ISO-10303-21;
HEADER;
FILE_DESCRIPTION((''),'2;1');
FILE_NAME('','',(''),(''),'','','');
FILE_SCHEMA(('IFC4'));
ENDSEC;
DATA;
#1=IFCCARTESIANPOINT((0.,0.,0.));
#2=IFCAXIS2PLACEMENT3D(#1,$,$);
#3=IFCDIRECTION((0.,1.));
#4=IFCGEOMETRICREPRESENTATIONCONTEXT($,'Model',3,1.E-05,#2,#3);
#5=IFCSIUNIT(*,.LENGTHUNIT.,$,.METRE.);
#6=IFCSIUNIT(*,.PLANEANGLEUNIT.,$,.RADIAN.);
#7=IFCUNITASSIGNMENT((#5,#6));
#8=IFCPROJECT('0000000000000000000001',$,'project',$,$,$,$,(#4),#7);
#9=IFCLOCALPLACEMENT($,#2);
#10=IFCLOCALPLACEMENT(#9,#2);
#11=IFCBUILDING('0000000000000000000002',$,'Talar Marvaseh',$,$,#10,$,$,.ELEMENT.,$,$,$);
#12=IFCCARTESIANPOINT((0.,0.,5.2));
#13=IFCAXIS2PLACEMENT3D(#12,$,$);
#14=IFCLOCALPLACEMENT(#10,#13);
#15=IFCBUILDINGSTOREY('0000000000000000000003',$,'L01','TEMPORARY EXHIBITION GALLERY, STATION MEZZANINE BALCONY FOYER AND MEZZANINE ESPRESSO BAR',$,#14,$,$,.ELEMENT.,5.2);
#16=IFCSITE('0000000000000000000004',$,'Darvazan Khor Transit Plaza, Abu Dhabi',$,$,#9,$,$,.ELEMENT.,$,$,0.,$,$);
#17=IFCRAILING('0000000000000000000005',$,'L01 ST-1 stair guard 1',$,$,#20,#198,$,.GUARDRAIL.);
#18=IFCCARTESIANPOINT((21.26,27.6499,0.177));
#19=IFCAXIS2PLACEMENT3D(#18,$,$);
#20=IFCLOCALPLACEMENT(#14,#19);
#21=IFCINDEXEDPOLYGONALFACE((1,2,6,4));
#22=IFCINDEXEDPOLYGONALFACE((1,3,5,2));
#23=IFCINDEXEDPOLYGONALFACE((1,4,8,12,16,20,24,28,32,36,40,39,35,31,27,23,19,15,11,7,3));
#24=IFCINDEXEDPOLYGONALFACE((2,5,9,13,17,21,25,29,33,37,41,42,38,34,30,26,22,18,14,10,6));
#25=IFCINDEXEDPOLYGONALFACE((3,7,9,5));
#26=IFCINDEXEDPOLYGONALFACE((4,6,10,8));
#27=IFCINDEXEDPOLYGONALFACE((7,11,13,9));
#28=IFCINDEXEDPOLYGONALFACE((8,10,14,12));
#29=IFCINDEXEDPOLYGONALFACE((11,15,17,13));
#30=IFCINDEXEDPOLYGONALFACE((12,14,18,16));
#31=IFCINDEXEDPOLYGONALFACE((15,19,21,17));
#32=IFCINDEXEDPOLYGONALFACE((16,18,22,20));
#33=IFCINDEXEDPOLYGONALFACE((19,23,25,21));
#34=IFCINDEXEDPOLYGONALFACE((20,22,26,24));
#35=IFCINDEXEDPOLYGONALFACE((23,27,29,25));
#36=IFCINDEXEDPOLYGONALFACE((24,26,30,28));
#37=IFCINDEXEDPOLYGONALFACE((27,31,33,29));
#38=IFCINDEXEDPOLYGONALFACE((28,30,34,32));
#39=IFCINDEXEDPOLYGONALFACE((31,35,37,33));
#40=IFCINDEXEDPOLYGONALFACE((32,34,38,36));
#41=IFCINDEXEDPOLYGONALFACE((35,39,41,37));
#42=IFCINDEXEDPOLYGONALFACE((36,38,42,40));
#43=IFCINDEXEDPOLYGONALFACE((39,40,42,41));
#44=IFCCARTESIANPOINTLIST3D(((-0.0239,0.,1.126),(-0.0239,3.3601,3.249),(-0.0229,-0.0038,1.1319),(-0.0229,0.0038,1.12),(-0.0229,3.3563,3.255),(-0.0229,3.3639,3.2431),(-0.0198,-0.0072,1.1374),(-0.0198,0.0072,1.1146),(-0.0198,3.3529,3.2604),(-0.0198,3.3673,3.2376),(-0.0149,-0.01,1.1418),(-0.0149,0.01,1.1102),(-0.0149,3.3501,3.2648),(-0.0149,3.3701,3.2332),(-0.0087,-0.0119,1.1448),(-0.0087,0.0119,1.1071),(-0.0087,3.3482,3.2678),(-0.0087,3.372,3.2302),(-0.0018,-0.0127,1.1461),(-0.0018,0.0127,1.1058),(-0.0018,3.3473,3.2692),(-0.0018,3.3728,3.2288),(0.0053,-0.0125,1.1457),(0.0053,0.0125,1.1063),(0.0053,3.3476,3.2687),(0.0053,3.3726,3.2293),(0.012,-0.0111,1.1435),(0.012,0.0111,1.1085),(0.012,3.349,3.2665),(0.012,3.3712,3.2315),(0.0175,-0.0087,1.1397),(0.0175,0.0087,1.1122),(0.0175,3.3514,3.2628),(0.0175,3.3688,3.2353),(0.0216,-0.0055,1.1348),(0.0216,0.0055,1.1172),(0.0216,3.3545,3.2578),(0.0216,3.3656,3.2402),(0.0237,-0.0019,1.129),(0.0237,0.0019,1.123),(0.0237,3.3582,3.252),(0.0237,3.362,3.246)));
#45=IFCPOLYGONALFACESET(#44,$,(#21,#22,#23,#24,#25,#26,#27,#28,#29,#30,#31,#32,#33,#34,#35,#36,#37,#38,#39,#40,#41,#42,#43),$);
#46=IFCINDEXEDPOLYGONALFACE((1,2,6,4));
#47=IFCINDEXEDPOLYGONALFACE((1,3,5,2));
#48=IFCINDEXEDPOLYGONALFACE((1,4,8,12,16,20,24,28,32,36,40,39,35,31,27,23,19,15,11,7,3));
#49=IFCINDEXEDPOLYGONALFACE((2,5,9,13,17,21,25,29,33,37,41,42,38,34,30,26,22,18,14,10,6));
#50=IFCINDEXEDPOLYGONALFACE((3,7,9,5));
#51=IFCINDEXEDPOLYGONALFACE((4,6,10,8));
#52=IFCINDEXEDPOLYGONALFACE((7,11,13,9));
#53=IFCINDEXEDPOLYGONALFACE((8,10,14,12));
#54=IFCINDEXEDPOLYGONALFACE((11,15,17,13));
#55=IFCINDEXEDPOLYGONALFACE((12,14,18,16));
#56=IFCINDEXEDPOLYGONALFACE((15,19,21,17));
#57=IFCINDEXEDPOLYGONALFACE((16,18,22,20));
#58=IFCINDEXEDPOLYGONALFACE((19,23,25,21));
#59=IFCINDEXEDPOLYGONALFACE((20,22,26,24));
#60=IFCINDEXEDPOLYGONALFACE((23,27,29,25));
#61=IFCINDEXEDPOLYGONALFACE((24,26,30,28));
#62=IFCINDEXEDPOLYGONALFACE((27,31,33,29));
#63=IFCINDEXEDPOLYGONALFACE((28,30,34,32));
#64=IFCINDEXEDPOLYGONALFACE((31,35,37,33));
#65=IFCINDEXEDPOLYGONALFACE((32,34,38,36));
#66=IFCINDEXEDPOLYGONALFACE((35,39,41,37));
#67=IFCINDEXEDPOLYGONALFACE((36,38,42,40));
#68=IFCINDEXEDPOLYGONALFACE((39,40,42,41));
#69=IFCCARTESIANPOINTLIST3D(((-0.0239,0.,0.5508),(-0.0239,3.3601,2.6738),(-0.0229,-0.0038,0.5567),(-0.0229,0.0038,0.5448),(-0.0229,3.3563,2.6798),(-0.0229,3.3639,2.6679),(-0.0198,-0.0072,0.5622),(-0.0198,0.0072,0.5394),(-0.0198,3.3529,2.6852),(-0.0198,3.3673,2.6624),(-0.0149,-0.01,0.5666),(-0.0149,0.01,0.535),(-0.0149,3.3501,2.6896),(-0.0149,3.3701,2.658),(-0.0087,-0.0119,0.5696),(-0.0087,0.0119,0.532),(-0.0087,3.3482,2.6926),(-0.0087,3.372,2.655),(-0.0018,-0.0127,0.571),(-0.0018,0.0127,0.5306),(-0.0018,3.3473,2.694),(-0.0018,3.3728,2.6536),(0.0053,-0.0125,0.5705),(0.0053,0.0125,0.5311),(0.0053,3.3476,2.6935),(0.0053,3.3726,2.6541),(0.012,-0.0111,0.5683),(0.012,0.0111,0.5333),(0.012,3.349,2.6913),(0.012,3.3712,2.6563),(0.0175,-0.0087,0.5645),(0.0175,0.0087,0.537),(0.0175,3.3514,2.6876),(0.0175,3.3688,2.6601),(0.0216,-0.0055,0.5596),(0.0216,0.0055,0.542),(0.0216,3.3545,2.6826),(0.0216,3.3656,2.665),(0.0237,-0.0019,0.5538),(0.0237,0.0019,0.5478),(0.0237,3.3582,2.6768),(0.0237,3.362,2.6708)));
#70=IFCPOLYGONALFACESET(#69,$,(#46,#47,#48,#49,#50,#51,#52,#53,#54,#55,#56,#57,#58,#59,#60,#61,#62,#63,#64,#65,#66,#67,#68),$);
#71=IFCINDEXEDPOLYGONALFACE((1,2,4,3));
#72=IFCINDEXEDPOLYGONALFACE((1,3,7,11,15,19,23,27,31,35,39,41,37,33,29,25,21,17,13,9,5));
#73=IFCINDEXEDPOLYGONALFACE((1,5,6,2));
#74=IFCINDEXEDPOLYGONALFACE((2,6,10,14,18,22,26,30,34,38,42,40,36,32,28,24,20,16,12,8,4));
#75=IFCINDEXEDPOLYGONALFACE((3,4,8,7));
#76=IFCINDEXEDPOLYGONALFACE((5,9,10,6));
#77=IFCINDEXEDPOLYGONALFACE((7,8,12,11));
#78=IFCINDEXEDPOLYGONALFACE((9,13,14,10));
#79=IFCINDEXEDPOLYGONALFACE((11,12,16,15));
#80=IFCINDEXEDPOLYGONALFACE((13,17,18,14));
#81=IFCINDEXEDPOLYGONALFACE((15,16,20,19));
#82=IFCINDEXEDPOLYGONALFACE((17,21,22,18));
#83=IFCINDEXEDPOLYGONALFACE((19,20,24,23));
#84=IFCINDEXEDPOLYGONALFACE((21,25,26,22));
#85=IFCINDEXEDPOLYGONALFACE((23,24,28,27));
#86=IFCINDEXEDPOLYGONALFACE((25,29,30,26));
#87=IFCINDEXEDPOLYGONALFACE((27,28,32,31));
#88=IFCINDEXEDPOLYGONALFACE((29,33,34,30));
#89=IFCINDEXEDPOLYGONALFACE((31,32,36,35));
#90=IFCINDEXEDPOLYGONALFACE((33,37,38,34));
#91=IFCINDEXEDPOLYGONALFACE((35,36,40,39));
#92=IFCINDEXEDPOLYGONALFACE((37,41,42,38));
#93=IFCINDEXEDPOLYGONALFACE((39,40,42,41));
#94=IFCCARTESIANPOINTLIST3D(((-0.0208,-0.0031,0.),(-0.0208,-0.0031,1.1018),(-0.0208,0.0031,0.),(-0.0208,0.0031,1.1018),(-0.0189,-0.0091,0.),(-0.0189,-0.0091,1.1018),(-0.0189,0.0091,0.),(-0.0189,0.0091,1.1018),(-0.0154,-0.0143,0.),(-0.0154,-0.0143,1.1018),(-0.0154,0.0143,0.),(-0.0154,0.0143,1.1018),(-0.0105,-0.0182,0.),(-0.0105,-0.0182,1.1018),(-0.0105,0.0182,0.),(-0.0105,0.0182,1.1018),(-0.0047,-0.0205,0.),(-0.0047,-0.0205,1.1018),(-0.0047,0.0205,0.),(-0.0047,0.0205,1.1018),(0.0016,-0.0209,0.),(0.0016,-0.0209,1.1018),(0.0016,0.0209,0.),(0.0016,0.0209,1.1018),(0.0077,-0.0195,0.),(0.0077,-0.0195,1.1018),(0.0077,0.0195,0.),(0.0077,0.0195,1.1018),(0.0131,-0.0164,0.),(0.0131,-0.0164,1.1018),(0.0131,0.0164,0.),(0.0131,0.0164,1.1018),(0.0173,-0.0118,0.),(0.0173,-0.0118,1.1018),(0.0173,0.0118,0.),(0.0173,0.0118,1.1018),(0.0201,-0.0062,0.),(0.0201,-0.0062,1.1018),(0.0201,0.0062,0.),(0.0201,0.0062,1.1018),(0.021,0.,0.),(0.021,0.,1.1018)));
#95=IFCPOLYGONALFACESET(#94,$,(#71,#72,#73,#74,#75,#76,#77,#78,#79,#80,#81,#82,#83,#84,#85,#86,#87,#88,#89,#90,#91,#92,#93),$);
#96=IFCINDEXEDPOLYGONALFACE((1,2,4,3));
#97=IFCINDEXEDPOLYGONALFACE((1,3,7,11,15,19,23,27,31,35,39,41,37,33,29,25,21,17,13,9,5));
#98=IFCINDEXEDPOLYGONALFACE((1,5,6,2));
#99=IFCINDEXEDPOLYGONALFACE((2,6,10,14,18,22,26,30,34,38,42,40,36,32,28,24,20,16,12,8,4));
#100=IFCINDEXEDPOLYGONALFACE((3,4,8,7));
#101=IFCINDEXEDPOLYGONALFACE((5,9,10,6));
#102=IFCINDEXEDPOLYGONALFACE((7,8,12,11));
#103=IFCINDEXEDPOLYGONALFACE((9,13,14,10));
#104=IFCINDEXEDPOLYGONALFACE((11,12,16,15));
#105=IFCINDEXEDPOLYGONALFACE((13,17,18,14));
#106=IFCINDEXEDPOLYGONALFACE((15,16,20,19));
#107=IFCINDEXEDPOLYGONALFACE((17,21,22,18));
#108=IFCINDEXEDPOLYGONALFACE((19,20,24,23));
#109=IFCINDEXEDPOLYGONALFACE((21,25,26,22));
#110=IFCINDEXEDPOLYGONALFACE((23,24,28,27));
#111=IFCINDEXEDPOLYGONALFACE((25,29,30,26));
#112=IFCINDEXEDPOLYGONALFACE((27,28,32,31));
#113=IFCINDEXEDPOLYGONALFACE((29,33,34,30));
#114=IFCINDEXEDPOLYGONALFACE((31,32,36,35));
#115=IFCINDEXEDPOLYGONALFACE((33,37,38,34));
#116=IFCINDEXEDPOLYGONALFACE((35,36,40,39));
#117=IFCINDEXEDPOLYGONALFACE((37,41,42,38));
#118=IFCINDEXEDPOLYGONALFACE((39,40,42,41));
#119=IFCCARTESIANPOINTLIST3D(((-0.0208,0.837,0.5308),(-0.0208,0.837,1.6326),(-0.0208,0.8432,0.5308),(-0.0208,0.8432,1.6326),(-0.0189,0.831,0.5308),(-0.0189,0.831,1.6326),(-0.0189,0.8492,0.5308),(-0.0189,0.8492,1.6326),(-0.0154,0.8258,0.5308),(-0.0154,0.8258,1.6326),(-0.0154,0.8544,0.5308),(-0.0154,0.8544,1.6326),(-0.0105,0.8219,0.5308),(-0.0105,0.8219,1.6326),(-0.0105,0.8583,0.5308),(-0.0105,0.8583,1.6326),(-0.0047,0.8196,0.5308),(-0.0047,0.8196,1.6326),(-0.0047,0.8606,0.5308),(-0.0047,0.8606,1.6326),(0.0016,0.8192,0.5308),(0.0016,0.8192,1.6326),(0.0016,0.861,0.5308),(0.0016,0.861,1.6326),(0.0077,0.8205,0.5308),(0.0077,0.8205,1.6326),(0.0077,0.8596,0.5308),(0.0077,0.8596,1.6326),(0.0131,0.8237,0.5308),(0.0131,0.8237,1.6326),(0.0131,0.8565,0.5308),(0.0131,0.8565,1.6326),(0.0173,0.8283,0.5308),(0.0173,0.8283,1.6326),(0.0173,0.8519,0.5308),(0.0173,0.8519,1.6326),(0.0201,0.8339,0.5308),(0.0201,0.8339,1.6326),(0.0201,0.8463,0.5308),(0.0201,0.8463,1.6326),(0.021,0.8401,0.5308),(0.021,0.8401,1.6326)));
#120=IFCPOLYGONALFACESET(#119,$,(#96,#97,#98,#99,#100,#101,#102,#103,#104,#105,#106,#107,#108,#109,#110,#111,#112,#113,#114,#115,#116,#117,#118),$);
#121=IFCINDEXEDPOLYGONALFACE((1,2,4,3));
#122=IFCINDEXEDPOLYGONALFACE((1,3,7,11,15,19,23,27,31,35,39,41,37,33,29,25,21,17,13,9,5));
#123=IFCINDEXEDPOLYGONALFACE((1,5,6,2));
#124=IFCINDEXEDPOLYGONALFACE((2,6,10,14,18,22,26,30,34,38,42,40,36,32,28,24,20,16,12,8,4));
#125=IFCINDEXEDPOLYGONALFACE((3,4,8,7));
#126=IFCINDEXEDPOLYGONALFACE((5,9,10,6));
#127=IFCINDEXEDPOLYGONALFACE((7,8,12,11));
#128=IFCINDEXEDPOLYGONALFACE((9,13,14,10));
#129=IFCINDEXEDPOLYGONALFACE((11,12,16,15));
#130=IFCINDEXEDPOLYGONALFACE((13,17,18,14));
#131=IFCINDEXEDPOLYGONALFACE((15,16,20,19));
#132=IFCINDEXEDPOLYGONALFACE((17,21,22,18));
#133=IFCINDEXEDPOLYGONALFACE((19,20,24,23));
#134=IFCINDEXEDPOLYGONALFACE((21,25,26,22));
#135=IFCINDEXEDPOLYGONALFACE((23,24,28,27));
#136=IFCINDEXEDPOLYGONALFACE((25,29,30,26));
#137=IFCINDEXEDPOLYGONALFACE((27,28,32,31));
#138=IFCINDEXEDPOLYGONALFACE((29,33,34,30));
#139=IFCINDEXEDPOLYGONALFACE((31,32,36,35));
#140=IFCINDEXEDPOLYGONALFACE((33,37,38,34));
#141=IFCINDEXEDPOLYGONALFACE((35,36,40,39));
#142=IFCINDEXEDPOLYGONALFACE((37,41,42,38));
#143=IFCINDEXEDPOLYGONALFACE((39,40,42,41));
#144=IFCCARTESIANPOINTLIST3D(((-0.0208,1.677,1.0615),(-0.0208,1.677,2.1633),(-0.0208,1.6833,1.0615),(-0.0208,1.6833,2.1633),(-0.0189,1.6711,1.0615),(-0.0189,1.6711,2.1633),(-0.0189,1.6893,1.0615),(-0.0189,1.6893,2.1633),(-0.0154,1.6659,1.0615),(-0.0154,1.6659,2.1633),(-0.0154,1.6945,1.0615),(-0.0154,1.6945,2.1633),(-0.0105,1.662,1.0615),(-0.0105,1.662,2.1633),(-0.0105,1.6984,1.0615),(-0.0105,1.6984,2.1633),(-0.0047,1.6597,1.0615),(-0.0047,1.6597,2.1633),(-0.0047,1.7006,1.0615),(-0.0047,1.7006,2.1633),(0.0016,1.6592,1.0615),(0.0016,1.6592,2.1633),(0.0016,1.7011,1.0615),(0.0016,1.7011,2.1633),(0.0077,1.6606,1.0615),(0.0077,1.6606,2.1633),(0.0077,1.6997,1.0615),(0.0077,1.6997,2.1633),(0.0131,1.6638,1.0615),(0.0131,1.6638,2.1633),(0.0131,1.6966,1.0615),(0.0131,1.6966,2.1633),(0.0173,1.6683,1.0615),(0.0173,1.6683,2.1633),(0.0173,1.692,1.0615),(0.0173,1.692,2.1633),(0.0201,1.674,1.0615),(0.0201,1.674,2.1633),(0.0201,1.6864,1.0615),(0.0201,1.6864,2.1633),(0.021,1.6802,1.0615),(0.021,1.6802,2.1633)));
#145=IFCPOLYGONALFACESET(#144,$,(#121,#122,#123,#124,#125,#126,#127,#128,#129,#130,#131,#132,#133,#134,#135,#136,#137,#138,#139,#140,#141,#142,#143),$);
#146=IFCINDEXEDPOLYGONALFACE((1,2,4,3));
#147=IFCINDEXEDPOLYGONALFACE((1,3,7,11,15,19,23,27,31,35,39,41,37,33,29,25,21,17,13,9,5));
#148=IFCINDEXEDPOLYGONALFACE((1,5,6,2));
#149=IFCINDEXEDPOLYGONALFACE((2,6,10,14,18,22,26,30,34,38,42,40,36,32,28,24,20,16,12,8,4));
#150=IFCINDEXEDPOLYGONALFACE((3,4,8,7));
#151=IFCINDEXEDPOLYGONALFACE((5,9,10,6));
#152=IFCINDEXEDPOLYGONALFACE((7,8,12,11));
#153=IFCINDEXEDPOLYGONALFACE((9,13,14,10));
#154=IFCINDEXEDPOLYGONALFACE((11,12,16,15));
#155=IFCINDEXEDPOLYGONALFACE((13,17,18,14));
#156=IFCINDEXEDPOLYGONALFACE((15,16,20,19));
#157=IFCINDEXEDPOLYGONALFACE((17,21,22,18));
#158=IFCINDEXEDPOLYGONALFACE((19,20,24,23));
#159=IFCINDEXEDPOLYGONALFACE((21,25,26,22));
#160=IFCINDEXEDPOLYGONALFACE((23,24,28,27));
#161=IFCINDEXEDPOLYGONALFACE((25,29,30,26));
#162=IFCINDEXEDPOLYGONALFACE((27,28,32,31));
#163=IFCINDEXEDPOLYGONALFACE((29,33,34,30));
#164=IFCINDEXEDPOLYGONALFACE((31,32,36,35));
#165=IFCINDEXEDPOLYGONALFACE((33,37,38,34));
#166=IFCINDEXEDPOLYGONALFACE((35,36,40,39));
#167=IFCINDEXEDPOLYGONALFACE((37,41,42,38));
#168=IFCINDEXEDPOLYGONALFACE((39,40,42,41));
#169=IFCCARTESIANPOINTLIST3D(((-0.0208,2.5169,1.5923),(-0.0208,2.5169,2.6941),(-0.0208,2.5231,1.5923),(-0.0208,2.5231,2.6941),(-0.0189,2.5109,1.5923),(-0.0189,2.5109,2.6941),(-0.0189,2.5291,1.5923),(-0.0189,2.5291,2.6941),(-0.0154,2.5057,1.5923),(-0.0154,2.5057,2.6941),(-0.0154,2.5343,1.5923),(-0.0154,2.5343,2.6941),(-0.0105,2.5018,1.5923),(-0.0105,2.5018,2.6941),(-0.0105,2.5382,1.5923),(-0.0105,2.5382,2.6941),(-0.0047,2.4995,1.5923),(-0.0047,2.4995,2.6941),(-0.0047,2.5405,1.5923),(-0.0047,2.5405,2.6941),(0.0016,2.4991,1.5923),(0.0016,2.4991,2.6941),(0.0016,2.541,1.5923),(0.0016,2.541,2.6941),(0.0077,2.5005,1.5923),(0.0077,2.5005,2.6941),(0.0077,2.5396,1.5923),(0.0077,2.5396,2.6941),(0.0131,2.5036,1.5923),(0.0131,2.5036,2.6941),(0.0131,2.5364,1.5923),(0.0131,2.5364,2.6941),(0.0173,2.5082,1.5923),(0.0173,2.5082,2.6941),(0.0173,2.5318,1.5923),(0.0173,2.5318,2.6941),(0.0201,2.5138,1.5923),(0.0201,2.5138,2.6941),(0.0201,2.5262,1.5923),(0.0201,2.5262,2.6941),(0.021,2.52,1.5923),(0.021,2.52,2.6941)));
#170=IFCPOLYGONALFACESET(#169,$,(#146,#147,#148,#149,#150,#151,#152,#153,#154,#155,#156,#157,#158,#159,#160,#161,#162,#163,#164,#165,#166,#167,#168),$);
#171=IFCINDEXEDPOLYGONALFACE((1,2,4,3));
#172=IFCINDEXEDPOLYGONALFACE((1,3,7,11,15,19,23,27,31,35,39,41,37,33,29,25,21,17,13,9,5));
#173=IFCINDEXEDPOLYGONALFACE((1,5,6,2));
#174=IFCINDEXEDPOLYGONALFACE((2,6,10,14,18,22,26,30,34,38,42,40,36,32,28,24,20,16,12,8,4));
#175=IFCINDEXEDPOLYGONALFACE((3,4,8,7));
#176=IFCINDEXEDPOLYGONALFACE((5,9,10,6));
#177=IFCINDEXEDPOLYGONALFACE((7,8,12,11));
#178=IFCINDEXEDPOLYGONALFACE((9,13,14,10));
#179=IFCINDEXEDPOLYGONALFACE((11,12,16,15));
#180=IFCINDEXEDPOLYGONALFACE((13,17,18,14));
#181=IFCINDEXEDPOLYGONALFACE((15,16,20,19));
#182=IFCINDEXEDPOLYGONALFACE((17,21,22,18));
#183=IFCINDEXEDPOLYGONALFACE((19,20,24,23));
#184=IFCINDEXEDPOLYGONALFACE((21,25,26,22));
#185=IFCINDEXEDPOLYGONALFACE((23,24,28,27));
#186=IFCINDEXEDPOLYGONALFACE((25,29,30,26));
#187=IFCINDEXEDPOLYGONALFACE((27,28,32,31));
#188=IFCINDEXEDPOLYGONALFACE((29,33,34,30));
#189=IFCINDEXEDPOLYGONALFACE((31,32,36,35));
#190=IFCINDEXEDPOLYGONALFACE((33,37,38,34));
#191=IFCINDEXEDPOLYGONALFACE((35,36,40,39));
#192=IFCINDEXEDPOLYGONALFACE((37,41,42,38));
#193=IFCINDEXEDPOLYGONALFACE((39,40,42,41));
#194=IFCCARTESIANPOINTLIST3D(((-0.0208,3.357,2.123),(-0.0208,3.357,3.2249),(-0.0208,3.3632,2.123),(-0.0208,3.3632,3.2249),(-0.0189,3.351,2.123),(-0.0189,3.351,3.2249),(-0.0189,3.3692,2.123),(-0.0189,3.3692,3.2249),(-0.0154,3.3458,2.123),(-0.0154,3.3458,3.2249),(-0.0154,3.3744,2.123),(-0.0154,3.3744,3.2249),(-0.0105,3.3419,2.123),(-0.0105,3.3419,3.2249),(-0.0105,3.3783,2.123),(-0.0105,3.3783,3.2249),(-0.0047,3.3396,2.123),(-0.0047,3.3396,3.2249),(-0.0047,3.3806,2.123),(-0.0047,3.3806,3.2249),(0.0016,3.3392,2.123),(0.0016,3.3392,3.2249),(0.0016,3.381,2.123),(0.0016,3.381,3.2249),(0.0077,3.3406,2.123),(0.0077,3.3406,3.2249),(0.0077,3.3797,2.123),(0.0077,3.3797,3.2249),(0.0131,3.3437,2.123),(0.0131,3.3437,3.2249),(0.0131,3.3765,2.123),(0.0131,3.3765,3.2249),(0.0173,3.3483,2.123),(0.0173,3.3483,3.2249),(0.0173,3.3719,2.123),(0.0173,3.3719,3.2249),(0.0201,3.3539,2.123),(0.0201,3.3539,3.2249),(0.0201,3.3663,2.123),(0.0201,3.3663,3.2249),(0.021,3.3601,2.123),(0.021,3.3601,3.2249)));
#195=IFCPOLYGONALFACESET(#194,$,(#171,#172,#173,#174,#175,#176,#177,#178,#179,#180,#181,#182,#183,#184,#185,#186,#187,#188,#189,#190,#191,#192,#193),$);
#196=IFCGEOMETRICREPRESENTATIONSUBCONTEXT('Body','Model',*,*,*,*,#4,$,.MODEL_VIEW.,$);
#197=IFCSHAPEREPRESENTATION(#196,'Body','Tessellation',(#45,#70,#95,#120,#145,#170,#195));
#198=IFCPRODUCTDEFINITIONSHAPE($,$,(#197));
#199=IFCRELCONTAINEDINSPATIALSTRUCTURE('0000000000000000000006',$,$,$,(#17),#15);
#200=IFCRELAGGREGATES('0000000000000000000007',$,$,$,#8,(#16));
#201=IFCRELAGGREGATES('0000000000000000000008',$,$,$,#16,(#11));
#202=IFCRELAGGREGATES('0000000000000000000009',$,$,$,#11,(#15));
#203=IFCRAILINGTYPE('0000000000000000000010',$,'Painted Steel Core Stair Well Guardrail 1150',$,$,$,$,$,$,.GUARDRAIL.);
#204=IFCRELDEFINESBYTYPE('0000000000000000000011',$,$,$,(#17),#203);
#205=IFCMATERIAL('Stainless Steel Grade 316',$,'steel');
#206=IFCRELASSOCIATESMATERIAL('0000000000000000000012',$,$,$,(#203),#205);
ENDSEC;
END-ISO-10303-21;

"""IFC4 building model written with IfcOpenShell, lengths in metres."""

from ifc_helpers import new_model, si_unit, direction, frame, origin, origin_2d, place, context, subcontext, project, spatial, circle, extrude, material, type_object, element, save


model = new_model("IFC4")

# Units and contexts
model_context = context("Model", 3, precision=1e-05, world=origin(), true_north=direction((0.0, 1.0)))
body_context = subcontext(model_context, "Body", "Model", "MODEL_VIEW")
ifc_project = project(units=[si_unit("LENGTHUNIT", "METRE"), si_unit("PLANEANGLEUNIT", "RADIAN")], contexts=[model_context])

# Site, building, storey
site_placement = place(None, origin())
site = spatial("IfcSite", under=ifc_project, at=site_placement, Name="Darvazan Khor Transit Plaza, Abu Dhabi", CompositionType="ELEMENT", RefElevation=0.0)
building_placement = place(site_placement, origin())
building = spatial("IfcBuilding", under=site, at=building_placement, Name="Talar Marvaseh", CompositionType="ELEMENT")
storey_placement = place(building_placement, frame((0.0, 0.0, 5.2)))
storey = spatial("IfcBuildingStorey", under=building, at=storey_placement, Name="L01", Description="TEMPORARY EXHIBITION GALLERY, STATION MEZZANINE BALCONY FOYER AND MEZZANINE ESPRESSO BAR", CompositionType="ELEMENT", Elevation=5.2)

# Railing
ifc_material_1 = material(Name="Stainless Steel Grade 316", Category="steel")
railing_type_1 = type_object("IfcRailingType", Name="Painted Steel Core Stair Well Guardrail 1150", PredefinedType="GUARDRAIL", material=ifc_material_1)
railing_1_placement = place(storey_placement, frame((21.26, 27.6499, 0.177)))
element("IfcRailing", 1, at=railing_1_placement, inside=storey, type_object=railing_type_1, Name="L01 ST-1 stair guard 1", PredefinedType="GUARDRAIL", context=body_context, shape_type="SweptSolid", body=[
    extrude(circle(Radius=0.0239, at=origin_2d()), frame((0.0, 0.0, 1.126), z_axis=(0.0, 0.84539, 0.53415), x_axis=(-1.0, 0.0, 0.0)), (0.0, 0.0, 1.0), 3.9746),
    extrude(circle(Radius=0.0239, at=origin_2d()), frame((0.0, 0.0, 0.5508), z_axis=(0.0, 0.84539, 0.53415), x_axis=(-1.0, 0.0, 0.0)), (0.0, 0.0, 1.0), 3.9746),
    extrude(circle(Radius=0.021, at=origin_2d()), origin(), (0.0, 0.0, 1.0), 1.1018),
    extrude(circle(Radius=0.021, at=origin_2d()), frame((0.0, 0.8401, 0.5308)), (0.0, 0.0, 1.0), 1.1018),
    extrude(circle(Radius=0.021, at=origin_2d()), frame((0.0, 1.6802, 1.0615)), (0.0, 0.0, 1.0), 1.1018),
    extrude(circle(Radius=0.021, at=origin_2d()), frame((0.0, 2.52, 1.5923)), (0.0, 0.0, 1.0), 1.1018),
    extrude(circle(Radius=0.021, at=origin_2d()), frame((0.0, 3.3601, 2.123)), (0.0, 0.0, 1.0), 1.1018),
])

save(model, "model.ifc")
